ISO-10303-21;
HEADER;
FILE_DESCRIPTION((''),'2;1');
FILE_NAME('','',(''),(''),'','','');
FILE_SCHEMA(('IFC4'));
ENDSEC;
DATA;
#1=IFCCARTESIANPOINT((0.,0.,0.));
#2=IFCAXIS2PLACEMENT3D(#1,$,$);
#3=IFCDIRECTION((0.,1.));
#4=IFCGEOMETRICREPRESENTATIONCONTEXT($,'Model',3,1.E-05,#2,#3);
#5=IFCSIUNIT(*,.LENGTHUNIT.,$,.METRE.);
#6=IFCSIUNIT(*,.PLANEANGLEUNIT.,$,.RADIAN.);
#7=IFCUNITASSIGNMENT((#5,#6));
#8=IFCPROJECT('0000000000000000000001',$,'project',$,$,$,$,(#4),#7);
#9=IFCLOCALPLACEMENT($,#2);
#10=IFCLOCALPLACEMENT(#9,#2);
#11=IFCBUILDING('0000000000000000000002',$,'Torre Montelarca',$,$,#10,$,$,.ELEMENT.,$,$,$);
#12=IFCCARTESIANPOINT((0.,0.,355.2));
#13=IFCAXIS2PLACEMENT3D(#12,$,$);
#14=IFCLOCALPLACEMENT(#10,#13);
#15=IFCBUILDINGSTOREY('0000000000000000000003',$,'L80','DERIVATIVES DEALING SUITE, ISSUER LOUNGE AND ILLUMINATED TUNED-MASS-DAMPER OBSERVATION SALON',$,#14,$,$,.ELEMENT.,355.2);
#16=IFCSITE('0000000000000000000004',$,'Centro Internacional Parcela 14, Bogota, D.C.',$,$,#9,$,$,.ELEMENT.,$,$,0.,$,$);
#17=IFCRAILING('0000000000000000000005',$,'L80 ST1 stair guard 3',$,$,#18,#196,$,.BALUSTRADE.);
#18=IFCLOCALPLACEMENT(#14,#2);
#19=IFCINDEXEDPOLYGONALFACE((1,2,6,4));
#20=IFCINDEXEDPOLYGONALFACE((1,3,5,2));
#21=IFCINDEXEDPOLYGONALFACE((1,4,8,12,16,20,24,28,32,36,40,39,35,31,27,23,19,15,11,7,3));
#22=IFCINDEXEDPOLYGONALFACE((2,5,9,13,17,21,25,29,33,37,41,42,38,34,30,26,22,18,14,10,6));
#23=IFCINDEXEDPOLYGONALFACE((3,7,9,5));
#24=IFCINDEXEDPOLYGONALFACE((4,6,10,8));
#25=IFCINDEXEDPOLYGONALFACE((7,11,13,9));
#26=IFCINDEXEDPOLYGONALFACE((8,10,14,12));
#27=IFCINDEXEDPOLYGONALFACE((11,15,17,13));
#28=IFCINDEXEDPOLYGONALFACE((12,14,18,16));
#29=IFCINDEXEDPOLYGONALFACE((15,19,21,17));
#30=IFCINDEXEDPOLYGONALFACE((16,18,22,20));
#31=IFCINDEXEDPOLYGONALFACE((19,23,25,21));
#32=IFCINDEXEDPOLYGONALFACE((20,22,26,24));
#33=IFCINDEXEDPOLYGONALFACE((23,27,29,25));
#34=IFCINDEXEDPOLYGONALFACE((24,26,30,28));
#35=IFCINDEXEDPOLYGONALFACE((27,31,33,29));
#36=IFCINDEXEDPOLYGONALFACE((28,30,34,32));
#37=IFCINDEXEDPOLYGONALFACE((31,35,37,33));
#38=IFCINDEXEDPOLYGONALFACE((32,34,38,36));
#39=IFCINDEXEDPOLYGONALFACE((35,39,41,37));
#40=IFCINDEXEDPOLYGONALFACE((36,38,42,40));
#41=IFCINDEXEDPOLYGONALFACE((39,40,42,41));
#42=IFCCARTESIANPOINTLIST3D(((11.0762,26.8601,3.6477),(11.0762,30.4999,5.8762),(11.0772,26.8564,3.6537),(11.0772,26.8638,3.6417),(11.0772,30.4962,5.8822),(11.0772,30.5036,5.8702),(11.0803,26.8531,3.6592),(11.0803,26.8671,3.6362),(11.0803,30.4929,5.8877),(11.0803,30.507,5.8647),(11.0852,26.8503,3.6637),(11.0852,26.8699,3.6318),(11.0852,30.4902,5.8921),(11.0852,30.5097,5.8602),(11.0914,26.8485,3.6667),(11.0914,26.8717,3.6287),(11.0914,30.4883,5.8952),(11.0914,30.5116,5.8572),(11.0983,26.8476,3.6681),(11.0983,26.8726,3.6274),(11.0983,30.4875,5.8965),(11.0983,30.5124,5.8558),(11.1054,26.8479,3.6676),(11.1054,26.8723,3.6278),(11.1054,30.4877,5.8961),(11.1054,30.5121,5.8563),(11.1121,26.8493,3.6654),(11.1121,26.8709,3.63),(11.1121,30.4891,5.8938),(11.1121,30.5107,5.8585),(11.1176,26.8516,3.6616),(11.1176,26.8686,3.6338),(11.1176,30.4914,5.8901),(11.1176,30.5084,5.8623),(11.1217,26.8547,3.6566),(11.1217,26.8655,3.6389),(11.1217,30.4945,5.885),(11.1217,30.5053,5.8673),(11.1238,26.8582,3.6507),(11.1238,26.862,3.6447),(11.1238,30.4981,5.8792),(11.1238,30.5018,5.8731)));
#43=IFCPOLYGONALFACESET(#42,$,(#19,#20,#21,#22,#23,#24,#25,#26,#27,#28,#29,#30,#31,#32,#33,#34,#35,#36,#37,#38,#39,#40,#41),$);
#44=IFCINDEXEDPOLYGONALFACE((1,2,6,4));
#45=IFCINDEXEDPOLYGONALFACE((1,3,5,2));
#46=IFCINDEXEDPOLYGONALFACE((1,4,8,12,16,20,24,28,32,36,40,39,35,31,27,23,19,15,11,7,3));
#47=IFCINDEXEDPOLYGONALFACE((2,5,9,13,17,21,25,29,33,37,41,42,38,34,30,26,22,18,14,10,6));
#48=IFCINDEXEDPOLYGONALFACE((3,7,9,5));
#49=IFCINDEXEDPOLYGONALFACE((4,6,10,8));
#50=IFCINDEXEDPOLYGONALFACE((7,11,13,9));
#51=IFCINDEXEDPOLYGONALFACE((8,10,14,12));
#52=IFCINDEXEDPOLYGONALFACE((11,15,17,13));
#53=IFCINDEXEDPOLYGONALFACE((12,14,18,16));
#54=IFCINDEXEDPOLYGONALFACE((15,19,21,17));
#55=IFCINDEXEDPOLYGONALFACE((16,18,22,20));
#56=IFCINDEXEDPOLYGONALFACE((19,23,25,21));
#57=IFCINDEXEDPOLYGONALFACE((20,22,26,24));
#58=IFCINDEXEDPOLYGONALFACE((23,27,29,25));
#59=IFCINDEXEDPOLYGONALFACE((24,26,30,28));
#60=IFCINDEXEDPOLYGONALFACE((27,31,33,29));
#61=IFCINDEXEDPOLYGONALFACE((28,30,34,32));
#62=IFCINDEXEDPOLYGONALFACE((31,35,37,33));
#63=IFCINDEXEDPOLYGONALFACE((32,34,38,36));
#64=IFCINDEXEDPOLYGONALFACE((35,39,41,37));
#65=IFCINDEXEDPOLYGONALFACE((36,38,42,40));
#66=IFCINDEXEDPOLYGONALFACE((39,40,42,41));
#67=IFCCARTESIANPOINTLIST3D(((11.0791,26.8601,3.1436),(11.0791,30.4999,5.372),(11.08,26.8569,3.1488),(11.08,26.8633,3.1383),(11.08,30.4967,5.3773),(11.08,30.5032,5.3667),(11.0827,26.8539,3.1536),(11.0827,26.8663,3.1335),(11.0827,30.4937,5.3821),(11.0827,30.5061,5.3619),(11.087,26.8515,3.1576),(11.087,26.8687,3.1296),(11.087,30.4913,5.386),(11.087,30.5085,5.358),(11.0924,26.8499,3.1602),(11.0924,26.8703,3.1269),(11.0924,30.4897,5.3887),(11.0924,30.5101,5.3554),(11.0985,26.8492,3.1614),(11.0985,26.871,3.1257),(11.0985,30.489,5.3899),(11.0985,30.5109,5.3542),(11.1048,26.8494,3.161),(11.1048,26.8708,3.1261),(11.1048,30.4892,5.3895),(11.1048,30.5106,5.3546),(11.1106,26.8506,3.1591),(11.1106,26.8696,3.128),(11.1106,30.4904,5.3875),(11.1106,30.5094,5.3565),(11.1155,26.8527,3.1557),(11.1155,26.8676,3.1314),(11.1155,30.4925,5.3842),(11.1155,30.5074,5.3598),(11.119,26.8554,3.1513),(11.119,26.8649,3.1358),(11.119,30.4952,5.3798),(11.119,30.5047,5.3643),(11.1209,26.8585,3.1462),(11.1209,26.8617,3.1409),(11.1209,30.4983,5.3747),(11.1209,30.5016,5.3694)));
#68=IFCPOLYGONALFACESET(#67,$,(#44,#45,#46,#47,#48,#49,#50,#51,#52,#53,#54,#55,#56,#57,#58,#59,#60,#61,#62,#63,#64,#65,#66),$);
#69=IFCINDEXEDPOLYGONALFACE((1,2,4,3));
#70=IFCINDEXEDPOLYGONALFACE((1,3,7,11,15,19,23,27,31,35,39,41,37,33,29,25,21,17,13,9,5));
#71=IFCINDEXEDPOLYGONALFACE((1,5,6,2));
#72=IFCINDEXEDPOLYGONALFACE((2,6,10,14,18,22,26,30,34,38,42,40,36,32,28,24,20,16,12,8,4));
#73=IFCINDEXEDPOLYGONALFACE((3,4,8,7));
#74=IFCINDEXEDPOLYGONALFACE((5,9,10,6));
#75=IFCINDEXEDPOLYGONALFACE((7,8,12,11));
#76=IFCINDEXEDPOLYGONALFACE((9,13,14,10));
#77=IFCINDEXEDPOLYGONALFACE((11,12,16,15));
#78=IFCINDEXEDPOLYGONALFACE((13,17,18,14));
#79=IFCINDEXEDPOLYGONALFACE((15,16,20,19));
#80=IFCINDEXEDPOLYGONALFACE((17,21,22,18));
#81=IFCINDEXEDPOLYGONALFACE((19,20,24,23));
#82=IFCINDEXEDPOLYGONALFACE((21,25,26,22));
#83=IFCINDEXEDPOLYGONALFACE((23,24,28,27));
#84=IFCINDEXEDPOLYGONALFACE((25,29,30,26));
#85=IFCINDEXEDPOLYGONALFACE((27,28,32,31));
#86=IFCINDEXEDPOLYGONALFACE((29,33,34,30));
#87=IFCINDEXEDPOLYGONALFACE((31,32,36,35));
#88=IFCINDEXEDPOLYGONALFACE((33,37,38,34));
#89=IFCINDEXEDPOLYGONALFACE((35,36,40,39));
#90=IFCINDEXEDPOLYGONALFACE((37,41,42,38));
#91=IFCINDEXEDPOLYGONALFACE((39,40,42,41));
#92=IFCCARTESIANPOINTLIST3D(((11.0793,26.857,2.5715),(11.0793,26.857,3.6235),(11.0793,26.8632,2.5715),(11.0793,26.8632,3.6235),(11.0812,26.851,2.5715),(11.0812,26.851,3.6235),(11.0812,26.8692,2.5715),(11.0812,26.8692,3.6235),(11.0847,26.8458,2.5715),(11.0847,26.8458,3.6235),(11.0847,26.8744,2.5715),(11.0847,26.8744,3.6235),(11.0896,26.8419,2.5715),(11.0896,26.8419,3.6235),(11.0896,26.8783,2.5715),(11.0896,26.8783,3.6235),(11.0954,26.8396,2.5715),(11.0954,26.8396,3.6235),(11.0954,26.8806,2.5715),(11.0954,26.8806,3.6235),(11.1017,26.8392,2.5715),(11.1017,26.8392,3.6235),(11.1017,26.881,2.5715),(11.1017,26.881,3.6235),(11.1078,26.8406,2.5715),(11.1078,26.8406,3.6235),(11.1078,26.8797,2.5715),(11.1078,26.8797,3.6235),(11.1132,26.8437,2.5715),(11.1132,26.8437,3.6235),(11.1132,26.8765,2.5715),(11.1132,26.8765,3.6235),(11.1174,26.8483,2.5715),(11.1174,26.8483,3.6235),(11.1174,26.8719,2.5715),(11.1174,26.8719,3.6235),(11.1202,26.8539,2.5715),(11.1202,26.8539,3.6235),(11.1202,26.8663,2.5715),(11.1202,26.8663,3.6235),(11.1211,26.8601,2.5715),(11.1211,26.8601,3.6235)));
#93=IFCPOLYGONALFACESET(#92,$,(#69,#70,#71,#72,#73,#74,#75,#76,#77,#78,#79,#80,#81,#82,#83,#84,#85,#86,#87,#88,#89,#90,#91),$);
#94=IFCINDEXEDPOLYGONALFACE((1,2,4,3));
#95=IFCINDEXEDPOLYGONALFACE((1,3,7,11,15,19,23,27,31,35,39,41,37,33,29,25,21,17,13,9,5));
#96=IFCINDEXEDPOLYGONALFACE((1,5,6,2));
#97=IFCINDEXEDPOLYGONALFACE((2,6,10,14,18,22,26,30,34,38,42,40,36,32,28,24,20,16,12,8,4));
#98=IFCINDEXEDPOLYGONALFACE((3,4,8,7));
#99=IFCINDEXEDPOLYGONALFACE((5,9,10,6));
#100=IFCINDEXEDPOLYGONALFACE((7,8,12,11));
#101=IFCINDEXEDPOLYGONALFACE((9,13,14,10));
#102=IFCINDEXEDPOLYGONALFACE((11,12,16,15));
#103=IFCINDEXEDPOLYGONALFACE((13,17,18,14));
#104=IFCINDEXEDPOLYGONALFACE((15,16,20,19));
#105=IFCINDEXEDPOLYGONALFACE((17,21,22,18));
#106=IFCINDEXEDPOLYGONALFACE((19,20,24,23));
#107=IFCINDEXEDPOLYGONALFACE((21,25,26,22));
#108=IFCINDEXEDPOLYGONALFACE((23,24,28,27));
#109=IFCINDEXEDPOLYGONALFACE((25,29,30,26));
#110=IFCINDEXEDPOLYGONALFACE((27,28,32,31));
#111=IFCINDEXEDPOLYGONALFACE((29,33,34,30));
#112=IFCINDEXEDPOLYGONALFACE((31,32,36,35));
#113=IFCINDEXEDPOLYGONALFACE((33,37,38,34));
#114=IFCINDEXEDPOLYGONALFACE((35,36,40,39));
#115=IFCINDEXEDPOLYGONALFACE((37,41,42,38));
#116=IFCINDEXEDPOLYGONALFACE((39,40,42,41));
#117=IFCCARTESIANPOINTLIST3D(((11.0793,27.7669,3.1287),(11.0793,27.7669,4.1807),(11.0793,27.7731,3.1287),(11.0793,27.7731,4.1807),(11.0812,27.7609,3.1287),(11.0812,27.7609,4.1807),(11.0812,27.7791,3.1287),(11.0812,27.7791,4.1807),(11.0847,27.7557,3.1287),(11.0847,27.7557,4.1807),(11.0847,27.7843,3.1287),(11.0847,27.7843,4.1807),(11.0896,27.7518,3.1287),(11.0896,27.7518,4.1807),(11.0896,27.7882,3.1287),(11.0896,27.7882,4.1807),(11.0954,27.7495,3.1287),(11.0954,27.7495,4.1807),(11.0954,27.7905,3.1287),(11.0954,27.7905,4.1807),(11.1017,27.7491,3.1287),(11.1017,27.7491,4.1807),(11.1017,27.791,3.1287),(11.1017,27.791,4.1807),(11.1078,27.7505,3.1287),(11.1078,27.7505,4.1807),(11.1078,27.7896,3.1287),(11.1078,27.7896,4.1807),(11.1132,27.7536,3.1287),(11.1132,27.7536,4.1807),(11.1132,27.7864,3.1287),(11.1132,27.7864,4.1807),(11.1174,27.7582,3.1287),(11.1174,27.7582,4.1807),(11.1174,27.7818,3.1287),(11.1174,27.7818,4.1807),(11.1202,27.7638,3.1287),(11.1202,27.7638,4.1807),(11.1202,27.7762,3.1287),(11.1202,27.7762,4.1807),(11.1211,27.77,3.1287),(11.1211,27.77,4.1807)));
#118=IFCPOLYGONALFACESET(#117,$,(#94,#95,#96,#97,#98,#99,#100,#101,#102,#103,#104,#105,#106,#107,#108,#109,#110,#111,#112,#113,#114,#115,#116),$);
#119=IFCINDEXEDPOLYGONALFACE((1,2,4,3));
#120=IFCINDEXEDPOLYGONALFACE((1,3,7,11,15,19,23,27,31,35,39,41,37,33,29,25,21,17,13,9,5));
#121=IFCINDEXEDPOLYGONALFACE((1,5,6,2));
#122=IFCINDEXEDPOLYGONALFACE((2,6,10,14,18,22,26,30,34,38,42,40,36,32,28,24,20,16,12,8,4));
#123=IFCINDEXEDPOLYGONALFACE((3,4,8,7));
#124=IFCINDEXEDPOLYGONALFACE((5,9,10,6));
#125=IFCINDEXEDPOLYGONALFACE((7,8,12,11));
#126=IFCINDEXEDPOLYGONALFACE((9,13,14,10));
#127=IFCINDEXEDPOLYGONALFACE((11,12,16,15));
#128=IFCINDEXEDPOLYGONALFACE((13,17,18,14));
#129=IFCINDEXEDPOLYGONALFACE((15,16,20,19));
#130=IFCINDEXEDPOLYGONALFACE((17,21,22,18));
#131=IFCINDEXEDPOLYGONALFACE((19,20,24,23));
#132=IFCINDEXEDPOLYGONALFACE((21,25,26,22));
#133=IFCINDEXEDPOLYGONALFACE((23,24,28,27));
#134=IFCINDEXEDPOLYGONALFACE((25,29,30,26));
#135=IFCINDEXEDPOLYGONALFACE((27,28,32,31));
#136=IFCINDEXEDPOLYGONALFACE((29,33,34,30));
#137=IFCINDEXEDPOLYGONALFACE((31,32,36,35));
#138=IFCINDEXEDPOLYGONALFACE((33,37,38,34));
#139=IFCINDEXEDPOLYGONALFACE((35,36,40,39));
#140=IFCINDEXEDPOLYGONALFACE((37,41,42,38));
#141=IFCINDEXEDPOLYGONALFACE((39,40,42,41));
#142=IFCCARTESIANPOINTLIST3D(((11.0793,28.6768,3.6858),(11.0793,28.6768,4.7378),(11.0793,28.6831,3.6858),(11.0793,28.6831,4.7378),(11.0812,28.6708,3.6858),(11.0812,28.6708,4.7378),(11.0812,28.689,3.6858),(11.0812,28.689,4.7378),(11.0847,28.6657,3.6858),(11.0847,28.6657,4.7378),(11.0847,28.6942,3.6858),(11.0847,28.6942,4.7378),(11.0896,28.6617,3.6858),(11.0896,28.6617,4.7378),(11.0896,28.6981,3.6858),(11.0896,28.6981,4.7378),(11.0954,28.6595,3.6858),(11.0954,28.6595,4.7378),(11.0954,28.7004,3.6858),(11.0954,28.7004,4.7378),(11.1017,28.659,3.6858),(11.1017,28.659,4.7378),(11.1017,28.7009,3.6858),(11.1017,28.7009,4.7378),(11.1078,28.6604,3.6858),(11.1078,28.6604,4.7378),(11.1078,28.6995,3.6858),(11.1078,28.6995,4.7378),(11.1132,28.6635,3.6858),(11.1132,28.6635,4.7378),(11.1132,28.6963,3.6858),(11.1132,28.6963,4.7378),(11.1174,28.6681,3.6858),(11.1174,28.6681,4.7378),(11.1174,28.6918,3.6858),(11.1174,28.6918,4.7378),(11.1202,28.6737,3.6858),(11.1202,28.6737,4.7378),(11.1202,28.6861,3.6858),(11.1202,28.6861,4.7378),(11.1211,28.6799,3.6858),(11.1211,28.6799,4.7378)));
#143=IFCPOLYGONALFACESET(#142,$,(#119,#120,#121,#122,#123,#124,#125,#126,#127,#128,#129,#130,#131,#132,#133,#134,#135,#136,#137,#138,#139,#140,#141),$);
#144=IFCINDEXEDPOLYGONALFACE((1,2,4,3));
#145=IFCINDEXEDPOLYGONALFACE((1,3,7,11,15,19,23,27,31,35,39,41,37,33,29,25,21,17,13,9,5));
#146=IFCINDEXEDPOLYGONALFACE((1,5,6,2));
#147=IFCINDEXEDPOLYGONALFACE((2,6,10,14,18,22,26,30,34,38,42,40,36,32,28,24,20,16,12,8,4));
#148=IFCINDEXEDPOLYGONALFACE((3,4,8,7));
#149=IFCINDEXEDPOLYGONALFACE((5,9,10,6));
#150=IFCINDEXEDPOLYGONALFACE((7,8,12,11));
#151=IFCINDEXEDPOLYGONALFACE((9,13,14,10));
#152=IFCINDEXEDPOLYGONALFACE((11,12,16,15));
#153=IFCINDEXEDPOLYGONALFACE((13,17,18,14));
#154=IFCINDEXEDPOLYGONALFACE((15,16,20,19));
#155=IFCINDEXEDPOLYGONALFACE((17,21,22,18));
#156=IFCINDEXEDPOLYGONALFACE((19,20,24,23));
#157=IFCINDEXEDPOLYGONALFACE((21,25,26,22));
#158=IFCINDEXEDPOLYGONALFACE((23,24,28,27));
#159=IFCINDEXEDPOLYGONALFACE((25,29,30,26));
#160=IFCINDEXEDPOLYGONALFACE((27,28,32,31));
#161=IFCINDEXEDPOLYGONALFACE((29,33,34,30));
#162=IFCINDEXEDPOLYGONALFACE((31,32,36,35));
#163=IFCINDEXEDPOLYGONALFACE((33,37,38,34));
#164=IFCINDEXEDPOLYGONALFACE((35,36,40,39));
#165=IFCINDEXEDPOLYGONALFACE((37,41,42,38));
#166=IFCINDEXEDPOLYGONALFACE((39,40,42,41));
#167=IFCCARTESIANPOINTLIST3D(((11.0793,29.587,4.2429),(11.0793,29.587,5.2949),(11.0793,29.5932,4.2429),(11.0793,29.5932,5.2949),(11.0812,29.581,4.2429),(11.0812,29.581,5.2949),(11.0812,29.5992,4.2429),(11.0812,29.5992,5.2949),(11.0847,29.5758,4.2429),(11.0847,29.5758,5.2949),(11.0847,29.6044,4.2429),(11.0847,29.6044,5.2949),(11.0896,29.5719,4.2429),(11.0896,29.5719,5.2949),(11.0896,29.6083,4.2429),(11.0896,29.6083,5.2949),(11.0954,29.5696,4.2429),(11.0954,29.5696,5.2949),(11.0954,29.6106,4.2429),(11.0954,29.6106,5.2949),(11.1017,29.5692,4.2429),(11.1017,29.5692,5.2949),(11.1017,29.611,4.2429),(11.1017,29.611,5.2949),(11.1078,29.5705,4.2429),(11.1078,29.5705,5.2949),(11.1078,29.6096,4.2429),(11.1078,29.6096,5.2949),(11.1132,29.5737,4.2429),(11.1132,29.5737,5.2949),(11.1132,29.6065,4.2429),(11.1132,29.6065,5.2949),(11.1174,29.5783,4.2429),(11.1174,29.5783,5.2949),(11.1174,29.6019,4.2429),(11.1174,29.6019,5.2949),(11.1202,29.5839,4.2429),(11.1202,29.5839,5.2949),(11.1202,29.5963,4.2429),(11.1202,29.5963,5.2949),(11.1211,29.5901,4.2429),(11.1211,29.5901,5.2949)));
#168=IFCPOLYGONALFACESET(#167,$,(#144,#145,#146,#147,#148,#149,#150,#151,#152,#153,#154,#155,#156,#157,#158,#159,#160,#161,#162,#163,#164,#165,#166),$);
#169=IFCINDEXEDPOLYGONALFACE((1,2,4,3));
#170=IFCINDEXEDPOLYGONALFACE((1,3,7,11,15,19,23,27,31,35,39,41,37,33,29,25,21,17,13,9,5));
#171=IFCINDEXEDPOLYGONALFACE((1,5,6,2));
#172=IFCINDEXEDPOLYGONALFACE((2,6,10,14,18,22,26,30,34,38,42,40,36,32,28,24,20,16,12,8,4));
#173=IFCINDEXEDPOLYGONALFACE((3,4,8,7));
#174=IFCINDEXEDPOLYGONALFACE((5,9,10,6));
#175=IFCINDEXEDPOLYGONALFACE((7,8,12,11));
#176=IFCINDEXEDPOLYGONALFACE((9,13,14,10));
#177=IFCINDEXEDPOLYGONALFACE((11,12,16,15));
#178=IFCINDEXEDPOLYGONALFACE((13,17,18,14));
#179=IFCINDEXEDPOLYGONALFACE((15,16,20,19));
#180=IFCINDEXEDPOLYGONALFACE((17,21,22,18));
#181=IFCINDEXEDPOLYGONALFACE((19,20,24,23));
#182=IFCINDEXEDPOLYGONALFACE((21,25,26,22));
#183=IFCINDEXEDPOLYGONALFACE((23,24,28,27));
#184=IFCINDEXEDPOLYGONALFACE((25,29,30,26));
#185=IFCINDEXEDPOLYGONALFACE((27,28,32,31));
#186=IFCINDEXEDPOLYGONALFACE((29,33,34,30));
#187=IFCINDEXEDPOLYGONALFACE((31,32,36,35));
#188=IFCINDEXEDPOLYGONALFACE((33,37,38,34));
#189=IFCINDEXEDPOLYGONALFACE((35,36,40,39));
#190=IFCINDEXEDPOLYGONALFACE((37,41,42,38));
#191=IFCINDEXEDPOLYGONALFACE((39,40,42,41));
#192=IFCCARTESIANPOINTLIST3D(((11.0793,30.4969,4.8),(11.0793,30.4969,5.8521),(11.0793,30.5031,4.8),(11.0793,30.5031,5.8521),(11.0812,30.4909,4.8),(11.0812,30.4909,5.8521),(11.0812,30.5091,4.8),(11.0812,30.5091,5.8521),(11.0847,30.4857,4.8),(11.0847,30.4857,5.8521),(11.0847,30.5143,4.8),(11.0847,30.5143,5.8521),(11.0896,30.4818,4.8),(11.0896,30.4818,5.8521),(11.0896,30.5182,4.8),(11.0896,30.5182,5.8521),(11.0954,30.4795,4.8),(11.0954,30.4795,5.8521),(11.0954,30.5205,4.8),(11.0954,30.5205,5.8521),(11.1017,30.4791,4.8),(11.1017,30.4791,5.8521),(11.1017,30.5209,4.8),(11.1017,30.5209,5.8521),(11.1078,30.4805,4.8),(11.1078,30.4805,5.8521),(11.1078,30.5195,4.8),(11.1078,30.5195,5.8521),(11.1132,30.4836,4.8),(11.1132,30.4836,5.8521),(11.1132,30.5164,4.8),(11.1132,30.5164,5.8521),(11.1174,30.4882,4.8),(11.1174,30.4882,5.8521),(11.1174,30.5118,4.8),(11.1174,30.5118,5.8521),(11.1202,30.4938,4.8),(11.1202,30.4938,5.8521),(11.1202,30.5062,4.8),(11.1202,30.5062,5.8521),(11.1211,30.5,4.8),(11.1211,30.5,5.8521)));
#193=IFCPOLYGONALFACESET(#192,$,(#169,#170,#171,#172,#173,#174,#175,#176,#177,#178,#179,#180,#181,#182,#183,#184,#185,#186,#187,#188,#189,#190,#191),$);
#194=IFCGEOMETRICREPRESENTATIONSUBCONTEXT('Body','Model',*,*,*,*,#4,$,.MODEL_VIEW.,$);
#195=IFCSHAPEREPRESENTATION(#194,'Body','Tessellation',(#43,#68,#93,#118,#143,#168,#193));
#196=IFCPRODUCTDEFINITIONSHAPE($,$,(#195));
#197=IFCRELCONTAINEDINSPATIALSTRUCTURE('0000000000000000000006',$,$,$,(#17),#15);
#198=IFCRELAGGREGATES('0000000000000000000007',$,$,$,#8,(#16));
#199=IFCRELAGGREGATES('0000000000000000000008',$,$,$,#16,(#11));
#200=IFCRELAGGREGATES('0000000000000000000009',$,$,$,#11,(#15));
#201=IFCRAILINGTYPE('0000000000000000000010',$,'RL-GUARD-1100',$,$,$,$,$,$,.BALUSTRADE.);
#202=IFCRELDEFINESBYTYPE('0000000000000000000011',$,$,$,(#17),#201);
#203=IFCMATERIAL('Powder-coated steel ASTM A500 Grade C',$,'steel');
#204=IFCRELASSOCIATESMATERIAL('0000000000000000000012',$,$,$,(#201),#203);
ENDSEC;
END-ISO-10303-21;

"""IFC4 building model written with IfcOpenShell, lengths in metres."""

from ifc_helpers import new_model, si_unit, direction, frame, origin, origin_2d, place, context, subcontext, project, spatial, circle, extrude, material, type_object, element, save


model = new_model("IFC4")

# Units and contexts
model_context = context("Model", 3, precision=1e-05, world=origin(), true_north=direction((0.0, 1.0)))
body_context = subcontext(model_context, "Body", "Model", "MODEL_VIEW")
ifc_project = project(units=[si_unit("LENGTHUNIT", "METRE"), si_unit("PLANEANGLEUNIT", "RADIAN")], contexts=[model_context])

# Site, building, storey
site_placement = place(None, origin())
site = spatial("IfcSite", under=ifc_project, at=site_placement, Name="Centro Internacional Parcela 14, Bogota, D.C.", CompositionType="ELEMENT", RefElevation=0.0)
building_placement = place(site_placement, origin())
building = spatial("IfcBuilding", under=site, at=building_placement, Name="Torre Montelarca", CompositionType="ELEMENT")
storey_placement = place(building_placement, frame((0.0, 0.0, 355.2)))
storey = spatial("IfcBuildingStorey", under=building, at=storey_placement, Name="L80", Description="DERIVATIVES DEALING SUITE, ISSUER LOUNGE AND ILLUMINATED TUNED-MASS-DAMPER OBSERVATION SALON", CompositionType="ELEMENT", Elevation=355.2)

# Railing
ifc_material_1 = material(Name="Powder-coated steel ASTM A500 Grade C", Category="steel")
railing_type_1 = type_object("IfcRailingType", Name="RL-GUARD-1100", PredefinedType="BALUSTRADE", material=ifc_material_1)
railing_1_placement = place(storey_placement, frame((11.1001, 26.8601, 2.5715)))
element("IfcRailing", 1, at=railing_1_placement, inside=storey, type_object=railing_type_1, Name="L80 ST1 stair guard 3", PredefinedType="BALUSTRADE", context=body_context, shape_type="SweptSolid", body=[
    extrude(circle(Radius=0.0239, at=origin_2d()), frame((0.0, 0.0, 1.0762), z_axis=(0.0, 0.85285, 0.522156), x_axis=(-1.0, 0.0, 0.0)), (0.0, 0.0, 1.0), 4.2678),
    extrude(circle(Radius=0.021, at=origin_2d()), frame((0.0, 0.0, 0.572), z_axis=(0.0, 0.85285, 0.522156), x_axis=(-1.0, 0.0, 0.0)), (0.0, 0.0, 1.0), 4.2678),
    extrude(circle(Radius=0.021, at=origin_2d()), origin(), (0.0, 0.0, 1.0), 1.052),
    extrude(circle(Radius=0.021, at=origin_2d()), frame((0.0, 0.9099, 0.5571)), (0.0, 0.0, 1.0), 1.052),
    extrude(circle(Radius=0.021, at=origin_2d()), frame((0.0, 1.8198, 1.1143)), (0.0, 0.0, 1.0), 1.052),
    extrude(circle(Radius=0.021, at=origin_2d()), frame((0.0, 2.73, 1.6714)), (0.0, 0.0, 1.0), 1.052),
    extrude(circle(Radius=0.021, at=origin_2d()), frame((0.0, 3.6399, 2.2285)), (0.0, 0.0, 1.0), 1.052),
])

save(model, "model.ifc")
